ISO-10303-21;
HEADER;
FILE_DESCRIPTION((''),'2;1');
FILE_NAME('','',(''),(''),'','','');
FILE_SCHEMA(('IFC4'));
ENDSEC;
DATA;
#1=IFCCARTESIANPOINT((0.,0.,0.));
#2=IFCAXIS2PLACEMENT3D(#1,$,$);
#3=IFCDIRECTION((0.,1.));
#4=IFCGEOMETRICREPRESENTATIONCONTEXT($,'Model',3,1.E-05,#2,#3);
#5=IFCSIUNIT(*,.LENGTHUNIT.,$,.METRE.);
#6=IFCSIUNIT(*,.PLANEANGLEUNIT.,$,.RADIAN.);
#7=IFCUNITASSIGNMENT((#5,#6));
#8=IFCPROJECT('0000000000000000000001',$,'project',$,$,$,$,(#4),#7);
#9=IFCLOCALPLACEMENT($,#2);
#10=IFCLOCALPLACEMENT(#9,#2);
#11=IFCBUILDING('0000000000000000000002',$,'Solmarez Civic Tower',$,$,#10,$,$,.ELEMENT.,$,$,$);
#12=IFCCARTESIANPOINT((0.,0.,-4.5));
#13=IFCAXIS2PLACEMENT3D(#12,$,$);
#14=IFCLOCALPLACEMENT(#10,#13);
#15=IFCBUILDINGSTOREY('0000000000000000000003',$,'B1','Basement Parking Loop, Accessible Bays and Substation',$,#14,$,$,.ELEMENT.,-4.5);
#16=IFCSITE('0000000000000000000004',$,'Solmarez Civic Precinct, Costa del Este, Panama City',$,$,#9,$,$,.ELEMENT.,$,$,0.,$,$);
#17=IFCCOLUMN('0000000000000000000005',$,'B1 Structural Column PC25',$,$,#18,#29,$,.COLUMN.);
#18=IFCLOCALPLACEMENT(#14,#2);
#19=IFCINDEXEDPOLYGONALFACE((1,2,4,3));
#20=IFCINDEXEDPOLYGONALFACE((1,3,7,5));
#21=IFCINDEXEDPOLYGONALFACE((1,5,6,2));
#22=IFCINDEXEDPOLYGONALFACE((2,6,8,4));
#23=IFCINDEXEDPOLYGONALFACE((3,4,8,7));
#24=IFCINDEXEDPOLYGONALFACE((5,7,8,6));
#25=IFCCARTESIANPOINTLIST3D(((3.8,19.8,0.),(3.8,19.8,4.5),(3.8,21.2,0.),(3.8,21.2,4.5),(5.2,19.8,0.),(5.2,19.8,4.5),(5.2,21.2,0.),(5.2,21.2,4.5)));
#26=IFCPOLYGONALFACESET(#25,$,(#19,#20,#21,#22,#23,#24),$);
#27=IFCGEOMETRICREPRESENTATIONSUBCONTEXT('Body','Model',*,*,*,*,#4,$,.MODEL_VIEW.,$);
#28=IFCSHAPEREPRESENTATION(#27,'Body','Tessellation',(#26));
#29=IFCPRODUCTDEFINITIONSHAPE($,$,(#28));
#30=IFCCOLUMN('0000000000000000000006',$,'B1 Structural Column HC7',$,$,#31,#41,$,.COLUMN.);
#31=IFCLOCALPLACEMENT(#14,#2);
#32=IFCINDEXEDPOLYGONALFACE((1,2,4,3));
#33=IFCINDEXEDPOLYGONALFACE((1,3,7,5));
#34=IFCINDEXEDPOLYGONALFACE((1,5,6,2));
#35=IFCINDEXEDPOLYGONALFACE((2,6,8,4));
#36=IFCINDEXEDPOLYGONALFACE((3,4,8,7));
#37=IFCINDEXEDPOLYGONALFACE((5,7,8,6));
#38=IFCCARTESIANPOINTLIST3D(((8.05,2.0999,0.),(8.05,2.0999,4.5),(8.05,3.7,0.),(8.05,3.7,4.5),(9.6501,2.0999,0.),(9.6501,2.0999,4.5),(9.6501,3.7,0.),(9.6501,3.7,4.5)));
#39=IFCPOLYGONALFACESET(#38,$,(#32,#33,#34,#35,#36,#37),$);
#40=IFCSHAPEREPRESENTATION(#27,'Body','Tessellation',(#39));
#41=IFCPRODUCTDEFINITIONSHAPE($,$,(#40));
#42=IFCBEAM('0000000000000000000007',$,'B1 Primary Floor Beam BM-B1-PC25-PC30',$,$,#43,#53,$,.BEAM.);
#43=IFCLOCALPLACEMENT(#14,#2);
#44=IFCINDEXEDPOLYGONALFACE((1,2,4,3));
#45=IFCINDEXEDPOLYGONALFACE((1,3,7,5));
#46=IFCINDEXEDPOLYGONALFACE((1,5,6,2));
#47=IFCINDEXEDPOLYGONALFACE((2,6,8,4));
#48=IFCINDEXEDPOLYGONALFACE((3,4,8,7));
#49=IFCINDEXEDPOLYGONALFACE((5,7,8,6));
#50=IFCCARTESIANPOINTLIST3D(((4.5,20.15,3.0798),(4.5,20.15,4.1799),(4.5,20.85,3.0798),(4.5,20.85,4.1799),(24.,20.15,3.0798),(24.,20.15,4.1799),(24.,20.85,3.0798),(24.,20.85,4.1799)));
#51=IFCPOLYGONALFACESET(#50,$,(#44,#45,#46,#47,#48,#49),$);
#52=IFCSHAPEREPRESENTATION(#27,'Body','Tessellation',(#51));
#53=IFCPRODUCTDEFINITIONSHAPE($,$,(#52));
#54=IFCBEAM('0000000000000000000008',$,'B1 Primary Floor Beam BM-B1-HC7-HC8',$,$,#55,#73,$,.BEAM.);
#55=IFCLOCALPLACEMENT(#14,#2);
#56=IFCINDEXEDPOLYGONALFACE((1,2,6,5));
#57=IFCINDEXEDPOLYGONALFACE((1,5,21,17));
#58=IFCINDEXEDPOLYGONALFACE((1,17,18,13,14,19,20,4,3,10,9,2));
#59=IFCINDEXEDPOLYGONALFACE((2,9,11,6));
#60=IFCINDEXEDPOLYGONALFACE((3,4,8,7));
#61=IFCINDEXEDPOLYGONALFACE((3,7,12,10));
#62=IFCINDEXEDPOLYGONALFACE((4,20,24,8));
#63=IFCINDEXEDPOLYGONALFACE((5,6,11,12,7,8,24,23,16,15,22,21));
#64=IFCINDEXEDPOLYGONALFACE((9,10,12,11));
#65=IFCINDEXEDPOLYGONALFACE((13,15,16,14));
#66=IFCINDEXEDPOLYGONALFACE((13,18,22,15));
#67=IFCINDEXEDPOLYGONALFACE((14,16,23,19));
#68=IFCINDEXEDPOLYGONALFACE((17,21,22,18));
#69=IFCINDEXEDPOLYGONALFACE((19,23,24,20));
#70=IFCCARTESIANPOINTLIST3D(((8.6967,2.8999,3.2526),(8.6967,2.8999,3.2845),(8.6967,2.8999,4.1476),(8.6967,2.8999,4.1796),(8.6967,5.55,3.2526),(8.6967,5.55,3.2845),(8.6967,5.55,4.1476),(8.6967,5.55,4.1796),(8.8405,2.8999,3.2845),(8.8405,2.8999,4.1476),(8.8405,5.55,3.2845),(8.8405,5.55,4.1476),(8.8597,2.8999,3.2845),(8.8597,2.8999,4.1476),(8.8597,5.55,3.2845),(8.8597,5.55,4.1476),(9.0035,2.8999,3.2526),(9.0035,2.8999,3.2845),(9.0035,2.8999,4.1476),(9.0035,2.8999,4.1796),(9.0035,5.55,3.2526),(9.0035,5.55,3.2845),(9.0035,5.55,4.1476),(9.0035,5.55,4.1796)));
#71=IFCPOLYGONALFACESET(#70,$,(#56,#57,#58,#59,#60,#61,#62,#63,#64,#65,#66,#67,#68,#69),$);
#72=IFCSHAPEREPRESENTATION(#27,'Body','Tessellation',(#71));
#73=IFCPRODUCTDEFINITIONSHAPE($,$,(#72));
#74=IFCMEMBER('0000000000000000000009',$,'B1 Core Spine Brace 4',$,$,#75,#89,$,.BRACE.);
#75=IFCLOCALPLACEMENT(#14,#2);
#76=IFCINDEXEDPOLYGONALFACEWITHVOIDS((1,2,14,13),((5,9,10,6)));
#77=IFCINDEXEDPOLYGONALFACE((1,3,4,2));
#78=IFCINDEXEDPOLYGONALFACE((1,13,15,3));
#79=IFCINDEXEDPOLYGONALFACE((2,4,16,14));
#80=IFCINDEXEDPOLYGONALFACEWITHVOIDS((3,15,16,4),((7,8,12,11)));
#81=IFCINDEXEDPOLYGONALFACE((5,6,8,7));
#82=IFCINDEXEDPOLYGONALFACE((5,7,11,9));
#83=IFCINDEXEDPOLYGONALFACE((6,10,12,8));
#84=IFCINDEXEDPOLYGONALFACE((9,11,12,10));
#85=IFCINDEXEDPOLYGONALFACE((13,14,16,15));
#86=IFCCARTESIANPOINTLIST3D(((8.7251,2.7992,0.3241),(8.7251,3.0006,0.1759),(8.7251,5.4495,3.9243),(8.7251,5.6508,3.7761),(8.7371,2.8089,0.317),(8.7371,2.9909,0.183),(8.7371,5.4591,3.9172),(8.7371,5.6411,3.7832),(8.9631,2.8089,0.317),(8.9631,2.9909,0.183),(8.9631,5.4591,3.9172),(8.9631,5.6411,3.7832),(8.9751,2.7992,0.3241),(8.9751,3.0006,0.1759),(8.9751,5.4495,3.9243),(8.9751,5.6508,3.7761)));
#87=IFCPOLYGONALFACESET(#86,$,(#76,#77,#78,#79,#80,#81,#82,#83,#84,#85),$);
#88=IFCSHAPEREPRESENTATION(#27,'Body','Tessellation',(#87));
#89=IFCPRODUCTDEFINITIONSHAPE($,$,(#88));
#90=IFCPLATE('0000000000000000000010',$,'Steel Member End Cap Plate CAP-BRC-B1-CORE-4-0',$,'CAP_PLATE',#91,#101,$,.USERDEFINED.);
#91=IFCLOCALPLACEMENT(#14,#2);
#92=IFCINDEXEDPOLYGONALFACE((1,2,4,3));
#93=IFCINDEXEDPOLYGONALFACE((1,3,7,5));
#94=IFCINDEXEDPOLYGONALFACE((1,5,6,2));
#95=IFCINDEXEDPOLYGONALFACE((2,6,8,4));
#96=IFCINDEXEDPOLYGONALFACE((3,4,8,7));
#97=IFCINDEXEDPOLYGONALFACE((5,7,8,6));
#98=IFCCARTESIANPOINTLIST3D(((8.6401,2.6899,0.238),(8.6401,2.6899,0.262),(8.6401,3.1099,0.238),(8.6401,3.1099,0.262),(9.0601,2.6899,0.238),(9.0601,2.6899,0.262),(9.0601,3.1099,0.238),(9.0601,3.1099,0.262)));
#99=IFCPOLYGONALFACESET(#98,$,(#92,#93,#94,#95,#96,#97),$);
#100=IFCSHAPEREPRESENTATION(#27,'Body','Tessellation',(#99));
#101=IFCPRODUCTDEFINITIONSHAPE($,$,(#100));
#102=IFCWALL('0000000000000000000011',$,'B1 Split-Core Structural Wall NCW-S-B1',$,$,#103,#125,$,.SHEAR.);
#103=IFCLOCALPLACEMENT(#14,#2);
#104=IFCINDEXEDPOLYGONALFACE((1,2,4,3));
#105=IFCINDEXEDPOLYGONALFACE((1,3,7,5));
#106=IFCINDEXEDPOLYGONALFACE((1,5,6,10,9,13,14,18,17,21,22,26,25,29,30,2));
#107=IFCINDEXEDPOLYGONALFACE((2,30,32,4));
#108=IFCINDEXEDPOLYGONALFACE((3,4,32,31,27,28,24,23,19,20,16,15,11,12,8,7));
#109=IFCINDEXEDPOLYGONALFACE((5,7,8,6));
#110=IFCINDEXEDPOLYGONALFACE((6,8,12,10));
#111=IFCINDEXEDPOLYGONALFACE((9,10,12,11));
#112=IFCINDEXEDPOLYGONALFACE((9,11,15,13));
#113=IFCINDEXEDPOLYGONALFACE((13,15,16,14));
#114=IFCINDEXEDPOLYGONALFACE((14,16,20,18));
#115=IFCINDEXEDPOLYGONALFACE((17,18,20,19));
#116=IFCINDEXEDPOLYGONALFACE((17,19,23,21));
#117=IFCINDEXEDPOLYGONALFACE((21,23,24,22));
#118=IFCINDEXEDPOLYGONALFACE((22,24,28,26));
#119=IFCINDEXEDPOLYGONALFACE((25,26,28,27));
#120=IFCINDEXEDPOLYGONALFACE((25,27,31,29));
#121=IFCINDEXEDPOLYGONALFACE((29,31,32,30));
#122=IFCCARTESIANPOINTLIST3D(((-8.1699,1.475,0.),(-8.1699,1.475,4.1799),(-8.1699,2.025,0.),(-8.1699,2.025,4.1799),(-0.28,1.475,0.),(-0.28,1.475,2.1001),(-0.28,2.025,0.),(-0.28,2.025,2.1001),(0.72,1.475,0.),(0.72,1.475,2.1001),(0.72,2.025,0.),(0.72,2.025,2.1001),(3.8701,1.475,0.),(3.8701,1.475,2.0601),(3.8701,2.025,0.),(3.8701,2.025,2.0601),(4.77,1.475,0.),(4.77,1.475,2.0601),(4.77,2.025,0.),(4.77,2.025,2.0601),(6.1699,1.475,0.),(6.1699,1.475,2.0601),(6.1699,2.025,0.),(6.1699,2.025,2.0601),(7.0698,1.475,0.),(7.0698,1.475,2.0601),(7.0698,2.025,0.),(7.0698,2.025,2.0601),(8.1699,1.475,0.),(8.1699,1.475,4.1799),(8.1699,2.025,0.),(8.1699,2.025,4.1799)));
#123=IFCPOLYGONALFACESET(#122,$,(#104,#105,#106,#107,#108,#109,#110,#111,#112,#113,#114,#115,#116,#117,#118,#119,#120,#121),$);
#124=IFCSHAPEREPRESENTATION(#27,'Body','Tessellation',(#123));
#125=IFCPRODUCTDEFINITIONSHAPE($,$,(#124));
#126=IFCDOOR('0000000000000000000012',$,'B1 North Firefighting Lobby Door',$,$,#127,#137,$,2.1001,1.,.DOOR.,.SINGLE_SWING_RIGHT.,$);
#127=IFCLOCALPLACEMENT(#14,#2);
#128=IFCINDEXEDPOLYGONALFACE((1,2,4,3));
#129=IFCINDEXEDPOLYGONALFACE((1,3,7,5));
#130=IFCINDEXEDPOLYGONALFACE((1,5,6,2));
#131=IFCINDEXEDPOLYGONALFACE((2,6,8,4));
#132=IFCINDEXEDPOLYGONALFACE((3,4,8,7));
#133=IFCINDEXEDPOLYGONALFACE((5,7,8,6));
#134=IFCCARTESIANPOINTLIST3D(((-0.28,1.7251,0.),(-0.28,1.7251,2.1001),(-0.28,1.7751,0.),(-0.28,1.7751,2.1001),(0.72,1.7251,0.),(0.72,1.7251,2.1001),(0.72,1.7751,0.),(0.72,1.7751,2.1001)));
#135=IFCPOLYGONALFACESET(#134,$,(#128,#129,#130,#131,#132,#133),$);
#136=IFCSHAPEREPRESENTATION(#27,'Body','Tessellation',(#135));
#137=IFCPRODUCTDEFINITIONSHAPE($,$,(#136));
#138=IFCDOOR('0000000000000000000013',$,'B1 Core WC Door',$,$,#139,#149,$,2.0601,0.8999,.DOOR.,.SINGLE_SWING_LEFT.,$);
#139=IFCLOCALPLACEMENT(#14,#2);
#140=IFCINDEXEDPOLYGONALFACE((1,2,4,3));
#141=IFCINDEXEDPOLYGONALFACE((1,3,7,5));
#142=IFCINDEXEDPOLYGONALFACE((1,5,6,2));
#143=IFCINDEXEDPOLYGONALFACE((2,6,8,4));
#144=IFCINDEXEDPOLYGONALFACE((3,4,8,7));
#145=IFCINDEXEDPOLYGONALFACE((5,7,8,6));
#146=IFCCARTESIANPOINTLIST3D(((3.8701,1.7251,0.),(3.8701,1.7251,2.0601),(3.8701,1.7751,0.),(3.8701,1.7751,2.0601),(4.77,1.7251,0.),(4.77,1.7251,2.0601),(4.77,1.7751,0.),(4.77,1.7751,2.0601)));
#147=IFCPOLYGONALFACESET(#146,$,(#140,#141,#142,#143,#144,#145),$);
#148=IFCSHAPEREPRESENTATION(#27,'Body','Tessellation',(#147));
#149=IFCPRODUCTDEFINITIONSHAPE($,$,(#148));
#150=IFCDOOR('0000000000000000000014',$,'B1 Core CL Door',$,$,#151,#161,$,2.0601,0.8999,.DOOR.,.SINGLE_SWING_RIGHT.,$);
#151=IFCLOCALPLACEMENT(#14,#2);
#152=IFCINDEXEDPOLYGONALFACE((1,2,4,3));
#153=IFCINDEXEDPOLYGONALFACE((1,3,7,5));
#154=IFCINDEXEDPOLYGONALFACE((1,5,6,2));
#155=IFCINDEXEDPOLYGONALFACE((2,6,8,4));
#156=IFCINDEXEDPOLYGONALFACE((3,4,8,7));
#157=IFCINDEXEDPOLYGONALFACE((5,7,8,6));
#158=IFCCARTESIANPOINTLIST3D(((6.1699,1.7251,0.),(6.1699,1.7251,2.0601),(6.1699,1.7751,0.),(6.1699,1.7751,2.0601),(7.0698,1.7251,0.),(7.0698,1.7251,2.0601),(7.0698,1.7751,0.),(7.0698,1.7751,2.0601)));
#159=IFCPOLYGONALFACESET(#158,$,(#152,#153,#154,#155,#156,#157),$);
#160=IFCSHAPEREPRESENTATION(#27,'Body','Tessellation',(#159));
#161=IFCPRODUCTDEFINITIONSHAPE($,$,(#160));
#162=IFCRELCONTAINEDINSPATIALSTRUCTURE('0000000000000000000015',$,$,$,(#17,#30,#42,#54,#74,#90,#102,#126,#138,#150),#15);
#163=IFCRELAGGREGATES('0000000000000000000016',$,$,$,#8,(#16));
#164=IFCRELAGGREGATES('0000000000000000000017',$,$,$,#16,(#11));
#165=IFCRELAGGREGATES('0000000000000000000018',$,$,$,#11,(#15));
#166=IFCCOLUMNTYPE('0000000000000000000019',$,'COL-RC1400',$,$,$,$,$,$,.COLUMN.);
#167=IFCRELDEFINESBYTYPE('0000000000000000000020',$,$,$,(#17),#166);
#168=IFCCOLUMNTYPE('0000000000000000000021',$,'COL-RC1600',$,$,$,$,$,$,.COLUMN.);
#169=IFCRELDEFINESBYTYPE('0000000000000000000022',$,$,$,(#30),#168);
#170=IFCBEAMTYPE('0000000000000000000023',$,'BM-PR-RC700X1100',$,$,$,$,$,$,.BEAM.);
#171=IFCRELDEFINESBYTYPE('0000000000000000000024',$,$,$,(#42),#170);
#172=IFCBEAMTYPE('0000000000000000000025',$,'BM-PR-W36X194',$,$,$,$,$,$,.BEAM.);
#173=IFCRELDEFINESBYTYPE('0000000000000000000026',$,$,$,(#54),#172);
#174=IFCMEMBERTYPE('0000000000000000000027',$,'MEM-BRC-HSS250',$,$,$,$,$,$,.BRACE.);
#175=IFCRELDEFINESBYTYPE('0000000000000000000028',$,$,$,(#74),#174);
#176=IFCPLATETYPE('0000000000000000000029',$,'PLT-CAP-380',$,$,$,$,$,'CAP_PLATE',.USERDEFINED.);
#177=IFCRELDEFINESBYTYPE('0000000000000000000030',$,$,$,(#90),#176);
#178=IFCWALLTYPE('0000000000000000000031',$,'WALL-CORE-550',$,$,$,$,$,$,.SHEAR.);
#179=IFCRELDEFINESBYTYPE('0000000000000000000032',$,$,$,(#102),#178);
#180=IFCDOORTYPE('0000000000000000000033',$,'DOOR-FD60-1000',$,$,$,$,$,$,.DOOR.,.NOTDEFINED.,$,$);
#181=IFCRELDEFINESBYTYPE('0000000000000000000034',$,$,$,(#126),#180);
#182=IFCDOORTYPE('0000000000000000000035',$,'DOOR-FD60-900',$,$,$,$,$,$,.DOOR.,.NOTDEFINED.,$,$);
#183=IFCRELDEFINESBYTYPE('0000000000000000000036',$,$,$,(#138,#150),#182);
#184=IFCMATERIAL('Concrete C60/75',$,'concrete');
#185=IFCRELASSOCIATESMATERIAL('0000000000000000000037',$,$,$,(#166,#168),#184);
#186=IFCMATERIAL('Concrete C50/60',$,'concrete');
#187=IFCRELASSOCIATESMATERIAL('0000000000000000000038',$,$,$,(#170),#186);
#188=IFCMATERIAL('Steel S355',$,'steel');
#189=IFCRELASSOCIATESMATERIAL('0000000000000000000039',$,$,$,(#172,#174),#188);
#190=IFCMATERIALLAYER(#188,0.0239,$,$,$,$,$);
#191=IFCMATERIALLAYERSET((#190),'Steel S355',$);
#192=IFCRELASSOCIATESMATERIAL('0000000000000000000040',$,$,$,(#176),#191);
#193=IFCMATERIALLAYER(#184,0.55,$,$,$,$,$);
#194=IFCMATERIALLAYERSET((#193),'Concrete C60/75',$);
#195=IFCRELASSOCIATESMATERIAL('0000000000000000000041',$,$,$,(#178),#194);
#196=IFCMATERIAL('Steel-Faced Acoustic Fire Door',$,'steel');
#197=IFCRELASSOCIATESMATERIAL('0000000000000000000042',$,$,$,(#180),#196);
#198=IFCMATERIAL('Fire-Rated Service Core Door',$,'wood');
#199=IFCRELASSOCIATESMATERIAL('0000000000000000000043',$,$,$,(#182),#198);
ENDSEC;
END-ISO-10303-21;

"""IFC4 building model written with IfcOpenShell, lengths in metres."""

from ifc_helpers import new_model, si_unit, direction, frame, frame_2d, origin, origin_2d, place, context, subcontext, project, spatial, rectangle, hollow_rectangle, i_section, extrude, material, layer, layer_set, material_profile, profile_set, type_object, element, fill, save


model = new_model("IFC4")

# Units and contexts
model_context = context("Model", 3, precision=1e-05, world=origin(), true_north=direction((0.0, 1.0)))
body_context = subcontext(model_context, "Body", "Model", "MODEL_VIEW")
ifc_project = project(units=[si_unit("LENGTHUNIT", "METRE"), si_unit("PLANEANGLEUNIT", "RADIAN")], contexts=[model_context])

# Site, building, storey
site_placement = place(None, origin())
site = spatial("IfcSite", under=ifc_project, at=site_placement, Name="Solmarez Civic Precinct, Costa del Este, Panama City", CompositionType="ELEMENT", RefElevation=0.0)
building_placement = place(site_placement, origin())
building = spatial("IfcBuilding", under=site, at=building_placement, Name="Solmarez Civic Tower", CompositionType="ELEMENT")
storey_placement = place(building_placement, frame((0.0, 0.0, -4.5)))
storey = spatial("IfcBuildingStorey", under=building, at=storey_placement, Name="B1", Description="Basement Parking Loop, Accessible Bays and Substation", CompositionType="ELEMENT", Elevation=-4.5)

# Columns
ifc_material_1 = material(Name="Concrete C60/75", Category="concrete")
ifc_material_profile_1 = material_profile(ifc_material_1, rectangle(XDim=1.3999, YDim=1.3999, at=origin_2d()), Name="RC1400X1400")
ifc_profile_set_1 = profile_set([ifc_material_profile_1], Name="Concrete C60/75")
column_type_1 = type_object("IfcColumnType", Name="COL-RC1400", PredefinedType="COLUMN", material=ifc_profile_set_1)
column_1_placement = place(storey_placement, frame((4.5, 20.5, 0.0), z_axis=(0.0, 0.0, 1.0), x_axis=(1.0, 0.0, 0.0)))
element("IfcColumn", 1, at=column_1_placement, inside=storey, type_object=column_type_1, Name="B1 Structural Column PC25", PredefinedType="COLUMN", context=body_context, shape_type="SweptSolid", body=[
    extrude(rectangle(XDim=1.3999, YDim=1.3999, at=origin_2d()), origin(), (0.0, 0.0, 1.0), 4.5),
])
ifc_material_profile_2 = material_profile(ifc_material_1, rectangle(XDim=1.6001, YDim=1.6001, at=origin_2d()), Name="RC1600X1600")
ifc_profile_set_2 = profile_set([ifc_material_profile_2], Name="Concrete C60/75")
column_type_2 = type_object("IfcColumnType", Name="COL-RC1600", PredefinedType="COLUMN", material=ifc_profile_set_2)
column_2_placement = place(storey_placement, frame((8.8501, 2.8999, 0.0), z_axis=(0.0, 0.0, 1.0), x_axis=(1.0, 0.0, 0.0)))
element("IfcColumn", 2, at=column_2_placement, inside=storey, type_object=column_type_2, Name="B1 Structural Column HC7", PredefinedType="COLUMN", context=body_context, shape_type="SweptSolid", body=[
    extrude(rectangle(XDim=1.6001, YDim=1.6001, at=origin_2d()), origin(), (0.0, 0.0, 1.0), 4.5),
])

# Beams
ifc_material_2 = material(Name="Concrete C50/60", Category="concrete")
ifc_material_profile_3 = material_profile(ifc_material_2, rectangle(XDim=0.7, YDim=1.1001, at=origin_2d()), Name="RC700X1100")
ifc_profile_set_3 = profile_set([ifc_material_profile_3], Name="Concrete C50/60")
beam_type_1 = type_object("IfcBeamType", Name="BM-PR-RC700X1100", PredefinedType="BEAM", material=ifc_profile_set_3)
beam_1_placement = place(storey_placement, frame((4.5, 20.5, 3.6299), z_axis=(1.0, 0.0, 0.0), x_axis=(0.0, 1.0, 0.0)))
element("IfcBeam", 3, at=beam_1_placement, inside=storey, type_object=beam_type_1, Name="B1 Primary Floor Beam BM-B1-PC25-PC30", PredefinedType="BEAM", context=body_context, shape_type="SweptSolid", body=[
    extrude(rectangle(XDim=0.7, YDim=1.1001, at=origin_2d()), origin(), (0.0, 0.0, 1.0), 19.5),
])
ifc_material_3 = material(Name="Steel S355", Category="steel")
ifc_material_profile_4 = material_profile(ifc_material_3, i_section(OverallWidth=0.3069, OverallDepth=0.927, WebThickness=0.0193, FlangeThickness=0.032, at=origin_2d()), Name="W36X194")
ifc_profile_set_4 = profile_set([ifc_material_profile_4], Name="Steel S355")
beam_type_2 = type_object("IfcBeamType", Name="BM-PR-W36X194", PredefinedType="BEAM", material=ifc_profile_set_4)
beam_2_placement = place(storey_placement, frame((8.8501, 2.8999, 3.7161), z_axis=(0.0, 1.0, 0.0), x_axis=(-1.0, 0.0, 0.0)))
element("IfcBeam", 4, at=beam_2_placement, inside=storey, type_object=beam_type_2, Name="B1 Primary Floor Beam BM-B1-HC7-HC8", PredefinedType="BEAM", context=body_context, shape_type="SweptSolid", body=[
    extrude(i_section(OverallWidth=0.3069, OverallDepth=0.927, WebThickness=0.0193, FlangeThickness=0.032, at=origin_2d()), origin(), (0.0, 0.0, 1.0), 2.6501),
])

# Member
ifc_material_profile_5 = material_profile(ifc_material_3, hollow_rectangle(XDim=0.25, YDim=0.25, WallThickness=0.012, at=origin_2d()), Name="HSS250X250X12")
ifc_profile_set_5 = profile_set([ifc_material_profile_5], Name="Steel S355")
member_type = type_object("IfcMemberType", Name="MEM-BRC-HSS250", PredefinedType="BRACE", material=ifc_profile_set_5)
member_placement = place(storey_placement, frame((8.8501, 2.8999, 0.25), z_axis=(0.0, 0.592828, 0.805329), x_axis=(-1.0, 0.0, 0.0)))
element("IfcMember", 5, at=member_placement, inside=storey, type_object=member_type, Name="B1 Core Spine Brace 4", PredefinedType="BRACE", context=body_context, shape_type="SweptSolid", body=[
    extrude(hollow_rectangle(XDim=0.25, YDim=0.25, WallThickness=0.012, at=origin_2d()), origin(), (0.0, 0.0, 1.0), 4.4705),
])

# Plate
ifc_layer_1 = layer(ifc_material_3, 0.0239)
ifc_layer_set_1 = layer_set([ifc_layer_1], Name="Steel S355")
plate_type = type_object("IfcPlateType", Name="PLT-CAP-380", ElementType="CAP_PLATE", PredefinedType="USERDEFINED", material=ifc_layer_set_1)
plate_placement = place(storey_placement, frame((8.8501, 2.8999, 0.238), z_axis=(0.0, 0.0, 1.0), x_axis=(1.0, 0.0, 0.0)))
element("IfcPlate", 6, at=plate_placement, inside=storey, type_object=plate_type, Name="Steel Member End Cap Plate CAP-BRC-B1-CORE-4-0", ObjectType="CAP_PLATE", PredefinedType="USERDEFINED", context=body_context, shape_type="SweptSolid", body=[
    extrude(rectangle(XDim=0.4199, YDim=0.4199, at=origin_2d()), origin(), (0.0, 0.0, 1.0), 0.0239),
])

# Wall, openings, doors
ifc_layer_2 = layer(ifc_material_1, 0.55)
ifc_layer_set_2 = layer_set([ifc_layer_2], Name="Concrete C60/75")
wall_type_1 = type_object("IfcWallType", Name="WALL-CORE-550", PredefinedType="SHEAR", material=ifc_layer_set_2)
wall_1_placement = place(storey_placement, frame((8.1699, 1.75, 0.0), z_axis=(0.0, 0.0, 1.0), x_axis=(-1.0, 0.0, 0.0)))
wall_1 = element("IfcWall", 7, at=wall_1_placement, inside=storey, type_object=wall_type_1, Name="B1 Split-Core Structural Wall NCW-S-B1", PredefinedType="SHEAR", context=body_context, shape_type="SweptSolid", body=[
    extrude(rectangle(XDim=16.3398, YDim=0.55, at=frame_2d((8.1699, 0.0))), origin(), (0.0, 0.0, 1.0), 4.1799),
])
opening_1_placement = place(wall_1_placement, frame((7.45, 0.0, 0.0)))
opening_1 = element("IfcOpeningElement", 8, at=opening_1_placement, cuts=wall_1, PredefinedType="OPENING", context=body_context, shape_type="SweptSolid", body=[
    extrude(rectangle(XDim=1.0, YDim=2.1001, at=frame_2d((0.5, 1.05))), frame((0.0, 0.2849, 0.0), z_axis=(0.0, -1.0, 0.0), x_axis=(1.0, 0.0, 0.0)), (0.0, 0.0, 1.0), 0.5701),
])
opening_2_placement = place(wall_1_placement, frame((3.3999, 0.0, 0.0)))
opening_2 = element("IfcOpeningElement", 9, at=opening_2_placement, cuts=wall_1, PredefinedType="OPENING", context=body_context, shape_type="SweptSolid", body=[
    extrude(rectangle(XDim=0.8999, YDim=2.0601, at=frame_2d((0.45, 1.03))), frame((0.0, 0.2849, 0.0), z_axis=(0.0, -1.0, 0.0), x_axis=(1.0, 0.0, 0.0)), (0.0, 0.0, 1.0), 0.5701),
])
opening_3_placement = place(wall_1_placement, frame((1.1001, 0.0, 0.0)))
opening_3 = element("IfcOpeningElement", 10, at=opening_3_placement, cuts=wall_1, PredefinedType="OPENING", context=body_context, shape_type="SweptSolid", body=[
    extrude(rectangle(XDim=0.8999, YDim=2.0601, at=frame_2d((0.45, 1.03))), frame((0.0, 0.2849, 0.0), z_axis=(0.0, -1.0, 0.0), x_axis=(1.0, 0.0, 0.0)), (0.0, 0.0, 1.0), 0.5701),
])
ifc_material_4 = material(Name="Steel-Faced Acoustic Fire Door", Category="steel")
door_type_1 = type_object("IfcDoorType", Name="DOOR-FD60-1000", OperationType="NOTDEFINED", PredefinedType="DOOR", material=ifc_material_4)
door_1_placement = place(opening_1_placement, origin())
door_1 = element("IfcDoor", 11, at=door_1_placement, inside=storey, type_object=door_type_1, Name="B1 North Firefighting Lobby Door", OperationType="SINGLE_SWING_RIGHT", OverallHeight=2.1001, OverallWidth=1.0, PredefinedType="DOOR", context=body_context, shape_type="SweptSolid", body=[
    extrude(rectangle(XDim=1.0, YDim=2.1001, at=frame_2d((0.5, 1.05))), frame((0.0, 0.0249, 0.0), z_axis=(0.0, -1.0, 0.0), x_axis=(1.0, 0.0, 0.0)), (0.0, 0.0, 1.0), 0.05),
])
fill(opening_1, door_1)
ifc_material_5 = material(Name="Fire-Rated Service Core Door", Category="wood")
door_type_2 = type_object("IfcDoorType", Name="DOOR-FD60-900", OperationType="NOTDEFINED", PredefinedType="DOOR", material=ifc_material_5)
door_2_placement = place(opening_2_placement, origin())
door_2 = element("IfcDoor", 12, at=door_2_placement, inside=storey, type_object=door_type_2, Name="B1 Core WC Door", OperationType="SINGLE_SWING_LEFT", OverallHeight=2.0601, OverallWidth=0.8999, PredefinedType="DOOR", context=body_context, shape_type="SweptSolid", body=[
    extrude(rectangle(XDim=0.8999, YDim=2.0601, at=frame_2d((0.45, 1.03))), frame((0.0, 0.0249, 0.0), z_axis=(0.0, -1.0, 0.0), x_axis=(1.0, 0.0, 0.0)), (0.0, 0.0, 1.0), 0.05),
])
fill(opening_2, door_2)
door_3_placement = place(opening_3_placement, origin())
door_3 = element("IfcDoor", 13, at=door_3_placement, inside=storey, type_object=door_type_2, Name="B1 Core CL Door", OperationType="SINGLE_SWING_RIGHT", OverallHeight=2.0601, OverallWidth=0.8999, PredefinedType="DOOR", context=body_context, shape_type="SweptSolid", body=[
    extrude(rectangle(XDim=0.8999, YDim=2.0601, at=frame_2d((0.45, 1.03))), frame((0.0, 0.0249, 0.0), z_axis=(0.0, -1.0, 0.0), x_axis=(1.0, 0.0, 0.0)), (0.0, 0.0, 1.0), 0.05),
])
fill(opening_3, door_3)

save(model, "model.ifc")
